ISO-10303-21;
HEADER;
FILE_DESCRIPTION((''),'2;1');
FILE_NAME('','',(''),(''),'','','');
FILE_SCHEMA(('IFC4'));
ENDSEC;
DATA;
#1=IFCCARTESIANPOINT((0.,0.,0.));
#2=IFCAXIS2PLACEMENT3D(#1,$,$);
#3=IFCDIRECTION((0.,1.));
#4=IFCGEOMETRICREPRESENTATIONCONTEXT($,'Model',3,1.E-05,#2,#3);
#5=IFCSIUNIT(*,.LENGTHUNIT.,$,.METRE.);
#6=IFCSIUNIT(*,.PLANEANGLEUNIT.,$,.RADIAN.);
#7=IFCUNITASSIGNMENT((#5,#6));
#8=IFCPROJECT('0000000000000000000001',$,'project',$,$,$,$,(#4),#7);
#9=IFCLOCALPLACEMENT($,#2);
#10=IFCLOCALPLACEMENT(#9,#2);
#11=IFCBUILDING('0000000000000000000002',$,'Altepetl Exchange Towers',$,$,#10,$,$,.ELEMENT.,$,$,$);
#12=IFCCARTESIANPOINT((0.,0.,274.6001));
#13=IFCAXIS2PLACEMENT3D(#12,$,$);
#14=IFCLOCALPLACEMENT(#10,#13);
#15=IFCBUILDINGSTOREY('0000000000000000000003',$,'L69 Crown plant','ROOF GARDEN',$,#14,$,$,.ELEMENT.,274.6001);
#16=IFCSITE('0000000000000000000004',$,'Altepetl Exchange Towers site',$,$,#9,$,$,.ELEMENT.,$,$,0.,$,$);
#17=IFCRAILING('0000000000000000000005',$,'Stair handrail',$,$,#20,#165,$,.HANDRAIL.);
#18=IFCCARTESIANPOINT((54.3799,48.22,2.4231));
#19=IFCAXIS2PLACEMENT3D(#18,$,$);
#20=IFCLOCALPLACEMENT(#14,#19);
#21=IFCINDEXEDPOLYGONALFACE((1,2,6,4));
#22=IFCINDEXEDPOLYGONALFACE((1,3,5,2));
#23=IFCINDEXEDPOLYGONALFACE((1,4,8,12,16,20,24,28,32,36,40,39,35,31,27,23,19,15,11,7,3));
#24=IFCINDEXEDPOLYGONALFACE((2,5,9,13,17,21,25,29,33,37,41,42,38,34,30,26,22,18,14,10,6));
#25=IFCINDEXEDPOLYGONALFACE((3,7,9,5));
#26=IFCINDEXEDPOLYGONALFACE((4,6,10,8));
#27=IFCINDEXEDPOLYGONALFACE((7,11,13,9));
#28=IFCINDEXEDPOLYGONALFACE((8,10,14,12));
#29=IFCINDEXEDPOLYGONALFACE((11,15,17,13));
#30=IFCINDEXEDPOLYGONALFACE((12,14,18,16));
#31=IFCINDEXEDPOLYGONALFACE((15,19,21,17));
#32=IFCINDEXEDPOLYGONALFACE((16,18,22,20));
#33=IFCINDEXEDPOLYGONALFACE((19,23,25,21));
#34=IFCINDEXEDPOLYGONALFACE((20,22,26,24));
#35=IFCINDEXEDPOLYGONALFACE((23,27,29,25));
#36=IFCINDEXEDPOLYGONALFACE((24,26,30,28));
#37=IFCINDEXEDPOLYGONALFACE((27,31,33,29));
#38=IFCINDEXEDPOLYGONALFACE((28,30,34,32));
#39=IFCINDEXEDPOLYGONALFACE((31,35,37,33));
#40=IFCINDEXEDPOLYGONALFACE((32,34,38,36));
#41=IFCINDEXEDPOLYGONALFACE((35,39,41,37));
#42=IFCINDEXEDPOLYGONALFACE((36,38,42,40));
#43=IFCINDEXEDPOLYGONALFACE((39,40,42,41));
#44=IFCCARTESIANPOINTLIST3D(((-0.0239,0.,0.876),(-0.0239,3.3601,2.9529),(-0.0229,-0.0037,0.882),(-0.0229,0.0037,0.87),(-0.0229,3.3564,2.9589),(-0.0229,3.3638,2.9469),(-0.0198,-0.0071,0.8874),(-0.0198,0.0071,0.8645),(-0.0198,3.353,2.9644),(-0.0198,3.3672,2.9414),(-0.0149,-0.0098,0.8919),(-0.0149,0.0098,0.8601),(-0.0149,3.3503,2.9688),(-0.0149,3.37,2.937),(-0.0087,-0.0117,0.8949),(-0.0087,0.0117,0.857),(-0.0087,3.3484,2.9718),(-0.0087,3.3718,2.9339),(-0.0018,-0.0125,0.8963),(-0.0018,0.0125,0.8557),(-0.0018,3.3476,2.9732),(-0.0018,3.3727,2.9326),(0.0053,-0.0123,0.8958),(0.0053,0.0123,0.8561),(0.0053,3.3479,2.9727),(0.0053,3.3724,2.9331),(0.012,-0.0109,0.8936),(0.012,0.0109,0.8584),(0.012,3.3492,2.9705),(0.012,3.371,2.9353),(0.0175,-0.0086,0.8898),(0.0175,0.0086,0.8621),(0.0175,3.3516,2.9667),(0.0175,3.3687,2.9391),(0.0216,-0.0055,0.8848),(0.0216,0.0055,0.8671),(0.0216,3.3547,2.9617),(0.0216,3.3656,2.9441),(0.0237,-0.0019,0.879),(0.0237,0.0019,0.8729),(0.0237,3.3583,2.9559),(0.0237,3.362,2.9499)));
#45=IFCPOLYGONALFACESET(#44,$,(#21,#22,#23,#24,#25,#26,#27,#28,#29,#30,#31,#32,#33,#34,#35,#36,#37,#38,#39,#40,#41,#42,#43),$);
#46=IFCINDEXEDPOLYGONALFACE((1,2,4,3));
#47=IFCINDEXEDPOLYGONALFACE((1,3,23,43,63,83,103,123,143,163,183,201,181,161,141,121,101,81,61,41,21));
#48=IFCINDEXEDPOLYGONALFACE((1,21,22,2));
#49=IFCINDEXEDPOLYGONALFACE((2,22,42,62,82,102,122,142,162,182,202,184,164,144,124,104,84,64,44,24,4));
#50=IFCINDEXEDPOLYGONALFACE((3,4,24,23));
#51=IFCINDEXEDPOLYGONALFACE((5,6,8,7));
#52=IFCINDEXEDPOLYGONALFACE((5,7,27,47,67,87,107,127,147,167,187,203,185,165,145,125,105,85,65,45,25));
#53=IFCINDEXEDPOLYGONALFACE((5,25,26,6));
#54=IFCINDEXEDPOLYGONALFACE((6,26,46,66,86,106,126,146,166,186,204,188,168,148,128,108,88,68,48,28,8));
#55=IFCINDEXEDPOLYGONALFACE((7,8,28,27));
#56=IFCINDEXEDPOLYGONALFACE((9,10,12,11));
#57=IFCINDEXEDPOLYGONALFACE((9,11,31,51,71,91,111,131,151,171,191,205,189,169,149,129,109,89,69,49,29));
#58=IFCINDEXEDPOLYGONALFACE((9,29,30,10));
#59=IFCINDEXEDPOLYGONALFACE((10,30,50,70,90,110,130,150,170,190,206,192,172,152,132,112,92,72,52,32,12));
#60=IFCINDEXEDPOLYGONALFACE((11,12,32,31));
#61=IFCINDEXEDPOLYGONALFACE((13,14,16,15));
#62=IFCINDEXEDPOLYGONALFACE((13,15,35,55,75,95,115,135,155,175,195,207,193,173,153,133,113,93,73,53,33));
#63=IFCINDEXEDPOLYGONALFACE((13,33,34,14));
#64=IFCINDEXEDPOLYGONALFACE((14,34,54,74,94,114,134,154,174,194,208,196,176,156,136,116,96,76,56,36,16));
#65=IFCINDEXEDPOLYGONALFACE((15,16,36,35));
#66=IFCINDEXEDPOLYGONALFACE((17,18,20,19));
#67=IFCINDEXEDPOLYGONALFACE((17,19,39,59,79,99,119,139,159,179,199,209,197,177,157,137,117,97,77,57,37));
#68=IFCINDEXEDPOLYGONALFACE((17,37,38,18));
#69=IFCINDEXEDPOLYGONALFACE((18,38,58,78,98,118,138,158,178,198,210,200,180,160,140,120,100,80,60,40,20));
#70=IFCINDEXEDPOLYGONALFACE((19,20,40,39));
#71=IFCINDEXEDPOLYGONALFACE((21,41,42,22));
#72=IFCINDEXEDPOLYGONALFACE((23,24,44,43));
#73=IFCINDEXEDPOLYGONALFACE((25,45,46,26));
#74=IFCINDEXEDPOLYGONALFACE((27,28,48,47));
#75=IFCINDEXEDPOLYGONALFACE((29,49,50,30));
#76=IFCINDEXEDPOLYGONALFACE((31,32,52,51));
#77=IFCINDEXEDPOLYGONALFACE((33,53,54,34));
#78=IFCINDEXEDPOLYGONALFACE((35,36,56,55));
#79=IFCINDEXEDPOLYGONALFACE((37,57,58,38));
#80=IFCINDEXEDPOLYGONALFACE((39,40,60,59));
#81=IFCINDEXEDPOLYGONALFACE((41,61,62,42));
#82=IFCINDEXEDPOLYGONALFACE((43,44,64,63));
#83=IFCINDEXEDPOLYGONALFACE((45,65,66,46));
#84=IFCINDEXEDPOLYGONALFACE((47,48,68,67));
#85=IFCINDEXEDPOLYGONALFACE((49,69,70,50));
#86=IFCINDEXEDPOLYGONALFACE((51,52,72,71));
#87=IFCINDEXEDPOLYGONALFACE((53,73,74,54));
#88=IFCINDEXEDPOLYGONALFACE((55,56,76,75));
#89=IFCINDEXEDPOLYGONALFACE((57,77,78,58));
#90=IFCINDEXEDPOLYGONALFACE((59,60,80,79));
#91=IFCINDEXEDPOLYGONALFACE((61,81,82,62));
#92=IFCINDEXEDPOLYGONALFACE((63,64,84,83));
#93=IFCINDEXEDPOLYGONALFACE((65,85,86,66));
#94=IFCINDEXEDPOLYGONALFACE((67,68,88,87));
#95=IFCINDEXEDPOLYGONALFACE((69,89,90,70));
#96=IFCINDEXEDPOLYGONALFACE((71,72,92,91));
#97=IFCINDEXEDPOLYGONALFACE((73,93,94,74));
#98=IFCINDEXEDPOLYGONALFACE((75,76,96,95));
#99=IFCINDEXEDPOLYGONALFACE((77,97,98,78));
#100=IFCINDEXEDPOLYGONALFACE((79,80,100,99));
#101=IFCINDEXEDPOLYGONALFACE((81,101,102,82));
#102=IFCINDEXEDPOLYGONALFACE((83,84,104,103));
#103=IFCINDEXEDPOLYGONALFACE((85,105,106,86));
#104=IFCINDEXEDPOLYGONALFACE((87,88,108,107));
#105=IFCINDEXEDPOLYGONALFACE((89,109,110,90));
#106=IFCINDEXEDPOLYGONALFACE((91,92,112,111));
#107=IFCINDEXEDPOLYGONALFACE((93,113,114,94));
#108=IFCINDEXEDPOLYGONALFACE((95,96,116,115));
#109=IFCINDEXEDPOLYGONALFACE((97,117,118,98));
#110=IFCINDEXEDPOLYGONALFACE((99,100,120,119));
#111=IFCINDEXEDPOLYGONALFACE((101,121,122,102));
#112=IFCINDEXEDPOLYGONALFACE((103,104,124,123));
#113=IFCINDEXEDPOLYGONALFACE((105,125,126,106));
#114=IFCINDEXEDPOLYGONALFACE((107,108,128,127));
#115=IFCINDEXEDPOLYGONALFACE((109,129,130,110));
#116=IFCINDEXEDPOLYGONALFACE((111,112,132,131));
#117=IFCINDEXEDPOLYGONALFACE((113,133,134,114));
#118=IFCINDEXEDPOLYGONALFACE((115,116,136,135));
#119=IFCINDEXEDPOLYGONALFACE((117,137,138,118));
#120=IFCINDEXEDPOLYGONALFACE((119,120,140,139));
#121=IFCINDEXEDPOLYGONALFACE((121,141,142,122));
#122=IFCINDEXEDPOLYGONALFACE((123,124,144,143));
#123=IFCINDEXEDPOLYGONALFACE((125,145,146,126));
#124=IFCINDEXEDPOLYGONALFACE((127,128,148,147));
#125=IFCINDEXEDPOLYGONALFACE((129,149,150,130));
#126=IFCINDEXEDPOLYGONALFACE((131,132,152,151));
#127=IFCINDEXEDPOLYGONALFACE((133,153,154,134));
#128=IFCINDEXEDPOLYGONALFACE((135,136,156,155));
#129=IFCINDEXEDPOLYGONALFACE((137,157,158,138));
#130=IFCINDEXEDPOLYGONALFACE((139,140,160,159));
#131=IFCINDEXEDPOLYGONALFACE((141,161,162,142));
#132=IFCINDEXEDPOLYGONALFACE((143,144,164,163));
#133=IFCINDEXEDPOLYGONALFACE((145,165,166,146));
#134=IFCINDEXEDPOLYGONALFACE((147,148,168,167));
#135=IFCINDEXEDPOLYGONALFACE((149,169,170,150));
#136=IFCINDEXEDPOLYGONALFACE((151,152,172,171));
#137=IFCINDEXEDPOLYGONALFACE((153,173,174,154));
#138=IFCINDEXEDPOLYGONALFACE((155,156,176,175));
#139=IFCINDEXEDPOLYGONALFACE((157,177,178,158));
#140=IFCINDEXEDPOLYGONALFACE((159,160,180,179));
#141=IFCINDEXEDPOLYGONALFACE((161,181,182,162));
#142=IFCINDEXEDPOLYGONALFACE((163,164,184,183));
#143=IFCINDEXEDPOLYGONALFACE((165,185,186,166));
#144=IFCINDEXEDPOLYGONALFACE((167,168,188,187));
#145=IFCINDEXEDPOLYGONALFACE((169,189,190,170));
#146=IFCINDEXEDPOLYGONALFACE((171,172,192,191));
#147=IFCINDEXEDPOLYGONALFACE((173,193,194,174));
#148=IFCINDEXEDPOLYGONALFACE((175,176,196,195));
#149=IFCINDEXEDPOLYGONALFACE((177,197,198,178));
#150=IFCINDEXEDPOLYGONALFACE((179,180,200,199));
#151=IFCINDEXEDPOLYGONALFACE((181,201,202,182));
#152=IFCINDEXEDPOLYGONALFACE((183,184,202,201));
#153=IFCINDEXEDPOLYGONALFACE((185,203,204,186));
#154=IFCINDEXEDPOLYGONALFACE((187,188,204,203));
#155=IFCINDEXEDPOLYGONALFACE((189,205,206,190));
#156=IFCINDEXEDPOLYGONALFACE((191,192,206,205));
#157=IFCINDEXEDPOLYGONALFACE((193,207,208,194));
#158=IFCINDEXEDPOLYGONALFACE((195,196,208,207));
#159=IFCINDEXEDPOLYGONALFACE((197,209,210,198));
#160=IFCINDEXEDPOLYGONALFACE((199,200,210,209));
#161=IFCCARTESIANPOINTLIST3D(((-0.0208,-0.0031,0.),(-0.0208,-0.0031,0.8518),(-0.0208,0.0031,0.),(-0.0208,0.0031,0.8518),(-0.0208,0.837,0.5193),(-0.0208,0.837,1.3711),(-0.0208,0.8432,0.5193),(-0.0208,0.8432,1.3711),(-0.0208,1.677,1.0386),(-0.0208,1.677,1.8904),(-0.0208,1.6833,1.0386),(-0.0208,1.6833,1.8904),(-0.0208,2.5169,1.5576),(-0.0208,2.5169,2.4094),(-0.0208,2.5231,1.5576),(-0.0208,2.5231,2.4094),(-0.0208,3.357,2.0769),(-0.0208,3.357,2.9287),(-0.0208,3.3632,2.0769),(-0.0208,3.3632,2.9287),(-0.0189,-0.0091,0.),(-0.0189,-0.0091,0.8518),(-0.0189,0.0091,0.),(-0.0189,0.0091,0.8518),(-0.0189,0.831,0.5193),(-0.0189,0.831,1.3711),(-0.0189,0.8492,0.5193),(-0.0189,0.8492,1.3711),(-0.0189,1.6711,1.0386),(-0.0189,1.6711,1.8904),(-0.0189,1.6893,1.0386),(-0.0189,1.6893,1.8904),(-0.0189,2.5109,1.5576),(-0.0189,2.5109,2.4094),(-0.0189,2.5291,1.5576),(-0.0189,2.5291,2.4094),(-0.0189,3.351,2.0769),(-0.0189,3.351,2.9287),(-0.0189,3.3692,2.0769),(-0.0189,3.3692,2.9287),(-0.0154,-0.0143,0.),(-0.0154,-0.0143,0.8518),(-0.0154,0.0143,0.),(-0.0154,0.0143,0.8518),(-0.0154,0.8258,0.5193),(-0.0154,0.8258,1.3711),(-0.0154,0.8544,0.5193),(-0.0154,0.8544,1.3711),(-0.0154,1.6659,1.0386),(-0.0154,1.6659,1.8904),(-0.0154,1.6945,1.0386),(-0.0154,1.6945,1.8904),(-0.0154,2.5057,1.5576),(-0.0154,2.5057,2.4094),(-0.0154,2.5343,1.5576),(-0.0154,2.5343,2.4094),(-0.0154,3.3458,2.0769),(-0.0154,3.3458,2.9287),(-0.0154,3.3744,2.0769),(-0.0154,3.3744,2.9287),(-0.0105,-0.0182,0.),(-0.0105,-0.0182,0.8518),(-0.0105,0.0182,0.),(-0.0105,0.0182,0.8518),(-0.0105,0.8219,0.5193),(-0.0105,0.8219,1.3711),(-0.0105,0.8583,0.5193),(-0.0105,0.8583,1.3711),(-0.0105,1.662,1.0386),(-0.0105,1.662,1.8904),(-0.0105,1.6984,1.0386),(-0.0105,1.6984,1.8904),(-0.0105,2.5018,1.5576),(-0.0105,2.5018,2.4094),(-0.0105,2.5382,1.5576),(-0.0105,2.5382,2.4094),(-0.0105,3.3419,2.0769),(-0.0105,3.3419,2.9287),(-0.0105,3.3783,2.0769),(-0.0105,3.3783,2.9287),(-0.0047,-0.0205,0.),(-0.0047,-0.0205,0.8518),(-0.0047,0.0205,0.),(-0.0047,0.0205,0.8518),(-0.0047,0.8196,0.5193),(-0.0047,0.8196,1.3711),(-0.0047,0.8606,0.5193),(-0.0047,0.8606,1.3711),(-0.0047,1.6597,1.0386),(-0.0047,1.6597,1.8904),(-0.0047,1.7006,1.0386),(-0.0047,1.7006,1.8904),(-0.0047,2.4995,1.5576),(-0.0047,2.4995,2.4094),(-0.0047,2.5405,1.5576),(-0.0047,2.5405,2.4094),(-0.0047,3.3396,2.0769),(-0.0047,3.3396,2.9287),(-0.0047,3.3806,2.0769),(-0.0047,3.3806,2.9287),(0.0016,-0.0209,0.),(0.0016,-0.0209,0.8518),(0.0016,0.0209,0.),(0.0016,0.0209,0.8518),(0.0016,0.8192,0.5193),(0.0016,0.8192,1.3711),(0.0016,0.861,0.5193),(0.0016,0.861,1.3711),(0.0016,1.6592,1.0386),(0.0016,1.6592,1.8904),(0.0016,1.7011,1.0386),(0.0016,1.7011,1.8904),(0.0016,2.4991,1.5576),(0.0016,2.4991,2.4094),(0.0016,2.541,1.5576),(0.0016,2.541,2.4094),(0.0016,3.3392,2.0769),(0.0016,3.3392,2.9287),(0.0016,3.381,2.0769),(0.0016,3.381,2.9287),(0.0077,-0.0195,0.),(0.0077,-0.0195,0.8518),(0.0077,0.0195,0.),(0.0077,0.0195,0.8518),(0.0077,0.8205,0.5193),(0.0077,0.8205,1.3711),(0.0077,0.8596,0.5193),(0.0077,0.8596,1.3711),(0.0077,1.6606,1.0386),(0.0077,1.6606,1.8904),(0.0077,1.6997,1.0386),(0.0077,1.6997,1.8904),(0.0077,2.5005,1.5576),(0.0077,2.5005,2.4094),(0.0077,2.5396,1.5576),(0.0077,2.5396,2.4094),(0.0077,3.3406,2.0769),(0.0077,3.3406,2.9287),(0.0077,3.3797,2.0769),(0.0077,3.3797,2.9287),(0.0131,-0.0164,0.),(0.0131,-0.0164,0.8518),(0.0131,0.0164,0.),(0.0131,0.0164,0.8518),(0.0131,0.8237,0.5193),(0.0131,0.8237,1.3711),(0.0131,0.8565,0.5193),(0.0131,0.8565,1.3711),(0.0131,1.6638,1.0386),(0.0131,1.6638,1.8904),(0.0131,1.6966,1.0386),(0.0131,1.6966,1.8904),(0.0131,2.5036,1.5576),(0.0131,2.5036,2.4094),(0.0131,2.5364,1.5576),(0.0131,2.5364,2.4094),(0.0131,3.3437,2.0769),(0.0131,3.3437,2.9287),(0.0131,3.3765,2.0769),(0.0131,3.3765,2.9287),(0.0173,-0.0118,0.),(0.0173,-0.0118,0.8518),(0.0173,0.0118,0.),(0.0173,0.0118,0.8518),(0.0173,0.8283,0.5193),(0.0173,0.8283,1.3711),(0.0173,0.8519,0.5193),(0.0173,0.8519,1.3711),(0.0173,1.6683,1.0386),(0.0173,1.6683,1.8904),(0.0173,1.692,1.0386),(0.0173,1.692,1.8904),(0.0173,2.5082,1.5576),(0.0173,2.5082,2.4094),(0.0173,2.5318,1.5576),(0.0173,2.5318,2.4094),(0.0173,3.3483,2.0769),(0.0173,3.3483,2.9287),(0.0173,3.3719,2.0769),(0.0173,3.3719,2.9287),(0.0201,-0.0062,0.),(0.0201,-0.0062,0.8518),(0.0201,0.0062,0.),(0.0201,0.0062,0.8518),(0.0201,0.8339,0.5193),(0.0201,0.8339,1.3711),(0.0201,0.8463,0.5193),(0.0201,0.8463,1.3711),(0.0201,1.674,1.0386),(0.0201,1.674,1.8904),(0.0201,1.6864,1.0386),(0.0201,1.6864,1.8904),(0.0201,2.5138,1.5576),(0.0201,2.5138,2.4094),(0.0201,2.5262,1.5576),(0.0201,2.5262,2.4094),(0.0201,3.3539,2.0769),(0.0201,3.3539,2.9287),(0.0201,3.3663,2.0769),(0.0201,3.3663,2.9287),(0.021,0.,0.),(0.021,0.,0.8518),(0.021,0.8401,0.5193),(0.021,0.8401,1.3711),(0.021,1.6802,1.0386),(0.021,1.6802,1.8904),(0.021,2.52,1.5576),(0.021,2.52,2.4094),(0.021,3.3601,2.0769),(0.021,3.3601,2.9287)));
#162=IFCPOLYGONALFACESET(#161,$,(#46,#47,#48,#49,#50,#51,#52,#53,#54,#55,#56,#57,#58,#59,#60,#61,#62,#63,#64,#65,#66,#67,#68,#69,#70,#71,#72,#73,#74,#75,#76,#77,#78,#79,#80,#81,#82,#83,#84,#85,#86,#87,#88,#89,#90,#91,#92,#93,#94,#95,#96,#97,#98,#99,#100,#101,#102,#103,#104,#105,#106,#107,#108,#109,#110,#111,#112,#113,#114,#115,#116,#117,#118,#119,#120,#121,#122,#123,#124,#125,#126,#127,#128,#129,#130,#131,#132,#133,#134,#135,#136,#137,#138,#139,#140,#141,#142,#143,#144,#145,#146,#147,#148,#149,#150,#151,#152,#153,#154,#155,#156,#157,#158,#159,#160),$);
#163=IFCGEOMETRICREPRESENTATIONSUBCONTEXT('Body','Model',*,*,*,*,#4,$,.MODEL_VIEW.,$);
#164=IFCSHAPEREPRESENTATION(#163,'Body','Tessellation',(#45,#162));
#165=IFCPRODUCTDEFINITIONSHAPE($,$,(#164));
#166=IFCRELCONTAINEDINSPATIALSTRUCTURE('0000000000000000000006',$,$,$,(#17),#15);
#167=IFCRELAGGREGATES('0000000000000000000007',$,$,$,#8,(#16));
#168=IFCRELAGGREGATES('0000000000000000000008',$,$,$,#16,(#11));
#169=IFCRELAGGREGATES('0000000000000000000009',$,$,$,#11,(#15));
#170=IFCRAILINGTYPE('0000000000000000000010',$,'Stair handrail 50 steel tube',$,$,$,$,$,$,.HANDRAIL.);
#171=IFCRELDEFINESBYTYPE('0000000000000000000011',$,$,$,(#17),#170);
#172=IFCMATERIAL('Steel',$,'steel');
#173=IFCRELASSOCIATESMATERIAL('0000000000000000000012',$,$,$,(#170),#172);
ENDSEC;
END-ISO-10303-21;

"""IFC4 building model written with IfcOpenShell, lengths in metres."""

from ifc_helpers import new_model, si_unit, direction, frame, origin, origin_2d, place, context, subcontext, project, spatial, circle, extrude, source, transform, mapped, material, type_object, element, save


model = new_model("IFC4")

# Units and contexts
model_context = context("Model", 3, precision=1e-05, world=origin(), true_north=direction((0.0, 1.0)))
body_context = subcontext(model_context, "Body", "Model", "MODEL_VIEW")
ifc_project = project(units=[si_unit("LENGTHUNIT", "METRE"), si_unit("PLANEANGLEUNIT", "RADIAN")], contexts=[model_context])

# Site, building, storey
site_placement = place(None, origin())
site = spatial("IfcSite", under=ifc_project, at=site_placement, Name="Altepetl Exchange Towers site", CompositionType="ELEMENT", RefElevation=0.0)
building_placement = place(site_placement, origin())
building = spatial("IfcBuilding", under=site, at=building_placement, Name="Altepetl Exchange Towers", CompositionType="ELEMENT")
storey_placement = place(building_placement, frame((0.0, 0.0, 274.6001)))
storey = spatial("IfcBuildingStorey", under=building, at=storey_placement, Name="L69 Crown plant", Description="ROOF GARDEN", CompositionType="ELEMENT", Elevation=274.6001)

# Railing
ifc_material_1 = material(Name="Steel", Category="steel")
railing_type_1 = type_object("IfcRailingType", Name="Stair handrail 50 steel tube", PredefinedType="HANDRAIL", material=ifc_material_1)
shared_shape_1 = source(origin(), body_context, "Body", "SweptSolid", [
    extrude(circle(Radius=0.021, at=origin_2d()), origin(), (0.0, 0.0, 1.0), 0.8518),
])
railing_1_placement = place(storey_placement, frame((54.3799, 48.22, 2.4231)))
element("IfcRailing", 1, at=railing_1_placement, inside=storey, type_object=railing_type_1, Name="Stair handrail", PredefinedType="HANDRAIL", context=body_context, shape_type="SweptSolid", body=[
    extrude(circle(Radius=0.0239, at=origin_2d()), frame((0.0, 0.0, 0.876), z_axis=(0.0, 0.850623, 0.525776), x_axis=(-1.0, 0.0, 0.0)), (0.0, 0.0, 1.0), 3.9502),
    mapped(shared_shape_1, transform((0.0, 0.0, 0.0))),
    mapped(shared_shape_1, transform((0.0, 0.8401, 0.5193))),
    mapped(shared_shape_1, transform((0.0, 1.6802, 1.0386))),
    mapped(shared_shape_1, transform((0.0, 2.52, 1.5576))),
    mapped(shared_shape_1, transform((0.0, 3.3601, 2.0769))),
])

save(model, "model.ifc")
